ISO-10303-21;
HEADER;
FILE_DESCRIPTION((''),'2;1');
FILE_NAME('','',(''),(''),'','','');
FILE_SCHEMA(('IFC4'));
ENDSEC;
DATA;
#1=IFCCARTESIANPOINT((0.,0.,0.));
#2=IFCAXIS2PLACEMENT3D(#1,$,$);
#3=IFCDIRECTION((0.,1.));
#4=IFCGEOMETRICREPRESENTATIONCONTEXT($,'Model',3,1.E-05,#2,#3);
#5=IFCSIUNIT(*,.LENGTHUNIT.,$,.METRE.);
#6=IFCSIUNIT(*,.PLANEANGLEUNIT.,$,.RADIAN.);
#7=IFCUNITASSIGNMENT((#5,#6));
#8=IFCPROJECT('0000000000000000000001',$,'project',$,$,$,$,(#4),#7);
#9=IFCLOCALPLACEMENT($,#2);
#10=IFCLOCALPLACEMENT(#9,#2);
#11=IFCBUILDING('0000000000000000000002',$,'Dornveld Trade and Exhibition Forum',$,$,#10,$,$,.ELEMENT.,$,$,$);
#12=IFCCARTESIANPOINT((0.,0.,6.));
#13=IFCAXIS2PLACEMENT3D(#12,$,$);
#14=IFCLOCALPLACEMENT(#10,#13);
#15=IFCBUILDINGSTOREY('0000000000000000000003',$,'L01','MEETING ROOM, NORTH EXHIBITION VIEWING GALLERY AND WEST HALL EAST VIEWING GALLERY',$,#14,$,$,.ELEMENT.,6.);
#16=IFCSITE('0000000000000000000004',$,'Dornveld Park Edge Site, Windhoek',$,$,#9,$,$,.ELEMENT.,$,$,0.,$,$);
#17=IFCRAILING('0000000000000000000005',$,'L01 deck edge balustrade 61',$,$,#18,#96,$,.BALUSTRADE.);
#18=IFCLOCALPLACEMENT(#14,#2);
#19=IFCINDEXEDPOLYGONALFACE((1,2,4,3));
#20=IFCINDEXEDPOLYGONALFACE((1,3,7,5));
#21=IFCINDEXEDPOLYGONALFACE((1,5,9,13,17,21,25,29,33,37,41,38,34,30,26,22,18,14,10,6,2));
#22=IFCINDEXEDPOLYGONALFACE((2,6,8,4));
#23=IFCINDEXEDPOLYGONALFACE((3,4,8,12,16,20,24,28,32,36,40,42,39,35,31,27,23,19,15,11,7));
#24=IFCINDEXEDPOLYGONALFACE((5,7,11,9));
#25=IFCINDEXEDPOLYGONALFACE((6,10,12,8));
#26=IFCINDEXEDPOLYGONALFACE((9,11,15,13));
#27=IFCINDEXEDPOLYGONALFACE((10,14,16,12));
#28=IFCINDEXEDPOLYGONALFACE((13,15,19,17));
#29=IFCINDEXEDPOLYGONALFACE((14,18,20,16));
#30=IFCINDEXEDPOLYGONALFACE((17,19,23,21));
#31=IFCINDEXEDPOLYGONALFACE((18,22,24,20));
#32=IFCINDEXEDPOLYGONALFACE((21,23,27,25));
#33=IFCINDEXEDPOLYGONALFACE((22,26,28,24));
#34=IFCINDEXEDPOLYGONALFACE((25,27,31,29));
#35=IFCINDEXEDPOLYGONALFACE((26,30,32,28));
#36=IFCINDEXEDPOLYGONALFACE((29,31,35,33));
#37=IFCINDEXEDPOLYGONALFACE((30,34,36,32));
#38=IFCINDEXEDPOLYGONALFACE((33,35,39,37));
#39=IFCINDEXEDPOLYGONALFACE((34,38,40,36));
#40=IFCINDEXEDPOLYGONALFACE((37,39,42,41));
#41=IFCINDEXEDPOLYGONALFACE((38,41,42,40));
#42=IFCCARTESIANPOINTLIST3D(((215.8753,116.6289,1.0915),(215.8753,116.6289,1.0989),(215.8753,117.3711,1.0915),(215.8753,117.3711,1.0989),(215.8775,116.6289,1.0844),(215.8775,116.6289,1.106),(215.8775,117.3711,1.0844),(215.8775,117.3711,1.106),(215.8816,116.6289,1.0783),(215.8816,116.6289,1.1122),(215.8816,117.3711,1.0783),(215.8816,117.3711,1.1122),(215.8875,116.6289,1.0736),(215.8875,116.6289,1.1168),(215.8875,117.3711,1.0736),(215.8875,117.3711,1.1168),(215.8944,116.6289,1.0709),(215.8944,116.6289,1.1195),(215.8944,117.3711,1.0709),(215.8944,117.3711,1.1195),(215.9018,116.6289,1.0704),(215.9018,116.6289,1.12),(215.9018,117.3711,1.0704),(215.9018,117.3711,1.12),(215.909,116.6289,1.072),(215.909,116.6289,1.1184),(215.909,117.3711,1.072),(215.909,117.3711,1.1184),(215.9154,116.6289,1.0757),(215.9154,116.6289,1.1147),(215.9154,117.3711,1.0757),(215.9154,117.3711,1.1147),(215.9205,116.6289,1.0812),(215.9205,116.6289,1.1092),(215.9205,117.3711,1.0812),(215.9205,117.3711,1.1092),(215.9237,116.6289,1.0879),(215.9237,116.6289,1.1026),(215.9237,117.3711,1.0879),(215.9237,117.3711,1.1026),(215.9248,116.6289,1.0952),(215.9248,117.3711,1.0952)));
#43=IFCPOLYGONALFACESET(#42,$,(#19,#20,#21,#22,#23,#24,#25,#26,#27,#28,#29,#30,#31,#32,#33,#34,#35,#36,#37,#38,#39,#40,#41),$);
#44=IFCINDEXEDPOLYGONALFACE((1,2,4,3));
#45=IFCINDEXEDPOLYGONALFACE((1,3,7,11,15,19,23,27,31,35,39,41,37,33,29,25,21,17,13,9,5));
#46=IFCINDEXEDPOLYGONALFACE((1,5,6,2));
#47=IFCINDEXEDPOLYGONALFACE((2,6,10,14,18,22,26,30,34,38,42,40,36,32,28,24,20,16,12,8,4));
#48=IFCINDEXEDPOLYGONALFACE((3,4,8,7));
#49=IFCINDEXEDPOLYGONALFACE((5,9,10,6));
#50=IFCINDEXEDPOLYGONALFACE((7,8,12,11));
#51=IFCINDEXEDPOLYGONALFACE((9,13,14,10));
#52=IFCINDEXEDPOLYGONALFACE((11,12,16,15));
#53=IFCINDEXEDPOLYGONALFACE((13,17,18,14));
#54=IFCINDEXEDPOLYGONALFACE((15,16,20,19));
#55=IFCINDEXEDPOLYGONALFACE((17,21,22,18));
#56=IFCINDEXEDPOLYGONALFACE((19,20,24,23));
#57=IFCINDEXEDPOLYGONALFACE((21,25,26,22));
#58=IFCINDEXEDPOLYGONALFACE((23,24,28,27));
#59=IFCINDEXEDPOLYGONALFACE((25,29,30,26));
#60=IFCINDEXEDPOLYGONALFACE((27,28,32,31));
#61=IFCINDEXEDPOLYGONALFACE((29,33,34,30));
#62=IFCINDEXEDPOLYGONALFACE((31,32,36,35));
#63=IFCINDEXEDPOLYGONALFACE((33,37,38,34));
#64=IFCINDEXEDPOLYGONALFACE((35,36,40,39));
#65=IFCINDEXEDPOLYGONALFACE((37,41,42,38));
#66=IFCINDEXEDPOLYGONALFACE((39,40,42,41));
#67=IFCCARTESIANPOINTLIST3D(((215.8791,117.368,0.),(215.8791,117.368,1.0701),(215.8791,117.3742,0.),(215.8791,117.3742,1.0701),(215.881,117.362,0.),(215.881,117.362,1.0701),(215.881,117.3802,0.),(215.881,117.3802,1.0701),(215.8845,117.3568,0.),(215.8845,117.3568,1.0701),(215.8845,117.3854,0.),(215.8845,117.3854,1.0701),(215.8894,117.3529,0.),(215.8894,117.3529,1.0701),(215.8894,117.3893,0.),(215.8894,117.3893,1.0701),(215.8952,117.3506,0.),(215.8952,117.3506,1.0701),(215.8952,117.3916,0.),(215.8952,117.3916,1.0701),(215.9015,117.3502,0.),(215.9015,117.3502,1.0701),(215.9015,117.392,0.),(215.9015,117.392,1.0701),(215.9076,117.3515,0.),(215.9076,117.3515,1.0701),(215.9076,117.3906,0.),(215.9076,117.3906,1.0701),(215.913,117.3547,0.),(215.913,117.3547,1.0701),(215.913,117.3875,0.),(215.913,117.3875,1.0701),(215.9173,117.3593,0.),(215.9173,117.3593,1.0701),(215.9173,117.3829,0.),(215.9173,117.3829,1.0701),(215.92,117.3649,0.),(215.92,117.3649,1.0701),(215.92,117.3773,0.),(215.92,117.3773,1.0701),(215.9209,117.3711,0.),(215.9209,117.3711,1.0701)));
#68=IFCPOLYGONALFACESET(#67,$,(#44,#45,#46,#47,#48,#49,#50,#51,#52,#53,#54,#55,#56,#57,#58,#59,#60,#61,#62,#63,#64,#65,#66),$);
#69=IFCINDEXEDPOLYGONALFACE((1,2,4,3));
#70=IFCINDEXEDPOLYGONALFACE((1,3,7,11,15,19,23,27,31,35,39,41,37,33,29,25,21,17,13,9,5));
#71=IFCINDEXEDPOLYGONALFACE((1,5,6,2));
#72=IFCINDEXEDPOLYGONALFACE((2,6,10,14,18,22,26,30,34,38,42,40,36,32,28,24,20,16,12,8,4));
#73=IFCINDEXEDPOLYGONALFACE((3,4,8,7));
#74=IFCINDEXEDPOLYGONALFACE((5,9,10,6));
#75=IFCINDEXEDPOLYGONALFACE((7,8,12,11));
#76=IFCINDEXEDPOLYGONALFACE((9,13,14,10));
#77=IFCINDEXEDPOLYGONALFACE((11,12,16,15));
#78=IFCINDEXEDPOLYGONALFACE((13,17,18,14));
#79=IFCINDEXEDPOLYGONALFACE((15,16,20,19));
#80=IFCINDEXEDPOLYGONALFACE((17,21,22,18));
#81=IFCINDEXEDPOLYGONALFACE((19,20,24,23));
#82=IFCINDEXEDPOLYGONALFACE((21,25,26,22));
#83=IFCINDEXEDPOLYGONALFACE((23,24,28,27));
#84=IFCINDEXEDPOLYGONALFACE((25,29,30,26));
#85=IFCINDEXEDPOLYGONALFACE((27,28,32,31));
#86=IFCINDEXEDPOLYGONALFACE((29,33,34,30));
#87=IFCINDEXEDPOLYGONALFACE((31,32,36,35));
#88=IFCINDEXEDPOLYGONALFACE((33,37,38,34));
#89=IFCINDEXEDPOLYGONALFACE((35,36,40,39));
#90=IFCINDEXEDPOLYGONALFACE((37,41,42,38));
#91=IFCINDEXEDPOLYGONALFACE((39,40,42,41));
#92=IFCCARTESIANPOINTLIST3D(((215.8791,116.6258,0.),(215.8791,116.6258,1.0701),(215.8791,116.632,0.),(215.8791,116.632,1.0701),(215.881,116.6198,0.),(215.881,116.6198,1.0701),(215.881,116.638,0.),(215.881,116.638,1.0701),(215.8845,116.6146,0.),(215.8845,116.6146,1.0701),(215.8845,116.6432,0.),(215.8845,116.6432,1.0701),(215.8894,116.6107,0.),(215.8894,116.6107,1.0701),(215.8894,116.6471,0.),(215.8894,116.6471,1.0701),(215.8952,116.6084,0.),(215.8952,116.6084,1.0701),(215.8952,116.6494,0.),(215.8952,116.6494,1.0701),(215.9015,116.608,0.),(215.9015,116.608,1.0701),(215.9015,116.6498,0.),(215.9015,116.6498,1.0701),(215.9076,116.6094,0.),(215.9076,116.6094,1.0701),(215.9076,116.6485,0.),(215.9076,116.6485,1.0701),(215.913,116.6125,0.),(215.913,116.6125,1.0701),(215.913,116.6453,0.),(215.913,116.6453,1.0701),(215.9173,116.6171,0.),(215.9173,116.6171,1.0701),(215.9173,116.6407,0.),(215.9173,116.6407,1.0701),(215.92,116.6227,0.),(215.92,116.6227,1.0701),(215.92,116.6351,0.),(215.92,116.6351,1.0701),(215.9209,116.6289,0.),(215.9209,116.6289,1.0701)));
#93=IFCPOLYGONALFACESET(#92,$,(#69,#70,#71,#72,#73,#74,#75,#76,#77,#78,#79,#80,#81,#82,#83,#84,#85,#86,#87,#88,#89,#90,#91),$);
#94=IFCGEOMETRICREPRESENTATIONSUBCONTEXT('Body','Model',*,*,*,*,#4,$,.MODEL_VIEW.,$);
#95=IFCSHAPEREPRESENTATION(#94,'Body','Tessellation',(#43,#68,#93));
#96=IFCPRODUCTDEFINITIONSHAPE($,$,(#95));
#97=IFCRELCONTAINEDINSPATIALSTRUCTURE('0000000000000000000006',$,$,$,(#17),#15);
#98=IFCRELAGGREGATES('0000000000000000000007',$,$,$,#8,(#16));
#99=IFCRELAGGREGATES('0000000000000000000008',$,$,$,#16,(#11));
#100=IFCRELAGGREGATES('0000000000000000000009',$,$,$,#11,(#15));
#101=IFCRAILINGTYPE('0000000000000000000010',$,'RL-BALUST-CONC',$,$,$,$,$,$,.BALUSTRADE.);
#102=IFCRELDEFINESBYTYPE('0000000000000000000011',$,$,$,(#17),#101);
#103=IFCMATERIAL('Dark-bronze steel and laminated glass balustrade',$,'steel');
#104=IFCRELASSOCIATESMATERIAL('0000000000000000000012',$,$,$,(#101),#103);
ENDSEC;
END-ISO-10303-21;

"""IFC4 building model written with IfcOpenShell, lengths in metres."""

from ifc_helpers import new_model, si_unit, direction, frame, origin, origin_2d, place, context, subcontext, project, spatial, circle, extrude, material, type_object, element, save


model = new_model("IFC4")

# Units and contexts
model_context = context("Model", 3, precision=1e-05, world=origin(), true_north=direction((0.0, 1.0)))
body_context = subcontext(model_context, "Body", "Model", "MODEL_VIEW")
ifc_project = project(units=[si_unit("LENGTHUNIT", "METRE"), si_unit("PLANEANGLEUNIT", "RADIAN")], contexts=[model_context])

# Site, building, storey
site_placement = place(None, origin())
site = spatial("IfcSite", under=ifc_project, at=site_placement, Name="Dornveld Park Edge Site, Windhoek", CompositionType="ELEMENT", RefElevation=0.0)
building_placement = place(site_placement, origin())
building = spatial("IfcBuilding", under=site, at=building_placement, Name="Dornveld Trade and Exhibition Forum", CompositionType="ELEMENT")
storey_placement = place(building_placement, frame((0.0, 0.0, 6.0)))
storey = spatial("IfcBuildingStorey", under=building, at=storey_placement, Name="L01", Description="MEETING ROOM, NORTH EXHIBITION VIEWING GALLERY AND WEST HALL EAST VIEWING GALLERY", CompositionType="ELEMENT", Elevation=6.0)

# Railing
ifc_material_1 = material(Name="Dark-bronze steel and laminated glass balustrade", Category="steel")
railing_type = type_object("IfcRailingType", Name="RL-BALUST-CONC", PredefinedType="BALUSTRADE", material=ifc_material_1)
railing_placement = place(storey_placement, frame((215.8999, 117.3711, 0.0)))
element("IfcRailing", 1, at=railing_placement, inside=storey, type_object=railing_type, Name="L01 deck edge balustrade 61", PredefinedType="BALUSTRADE", context=body_context, shape_type="SweptSolid", body=[
    extrude(circle(Radius=0.0249, at=origin_2d()), frame((0.0, 0.0, 1.0952), z_axis=(0.0, -1.0, 0.0), x_axis=(1.0, 0.0, 0.0)), (0.0, 0.0, 1.0), 0.7422),
    extrude(circle(Radius=0.021, at=origin_2d()), origin(), (0.0, 0.0, 1.0), 1.0701),
    extrude(circle(Radius=0.021, at=origin_2d()), frame((0.0, -0.7422, 0.0)), (0.0, 0.0, 1.0), 1.0701),
])

save(model, "model.ifc")
